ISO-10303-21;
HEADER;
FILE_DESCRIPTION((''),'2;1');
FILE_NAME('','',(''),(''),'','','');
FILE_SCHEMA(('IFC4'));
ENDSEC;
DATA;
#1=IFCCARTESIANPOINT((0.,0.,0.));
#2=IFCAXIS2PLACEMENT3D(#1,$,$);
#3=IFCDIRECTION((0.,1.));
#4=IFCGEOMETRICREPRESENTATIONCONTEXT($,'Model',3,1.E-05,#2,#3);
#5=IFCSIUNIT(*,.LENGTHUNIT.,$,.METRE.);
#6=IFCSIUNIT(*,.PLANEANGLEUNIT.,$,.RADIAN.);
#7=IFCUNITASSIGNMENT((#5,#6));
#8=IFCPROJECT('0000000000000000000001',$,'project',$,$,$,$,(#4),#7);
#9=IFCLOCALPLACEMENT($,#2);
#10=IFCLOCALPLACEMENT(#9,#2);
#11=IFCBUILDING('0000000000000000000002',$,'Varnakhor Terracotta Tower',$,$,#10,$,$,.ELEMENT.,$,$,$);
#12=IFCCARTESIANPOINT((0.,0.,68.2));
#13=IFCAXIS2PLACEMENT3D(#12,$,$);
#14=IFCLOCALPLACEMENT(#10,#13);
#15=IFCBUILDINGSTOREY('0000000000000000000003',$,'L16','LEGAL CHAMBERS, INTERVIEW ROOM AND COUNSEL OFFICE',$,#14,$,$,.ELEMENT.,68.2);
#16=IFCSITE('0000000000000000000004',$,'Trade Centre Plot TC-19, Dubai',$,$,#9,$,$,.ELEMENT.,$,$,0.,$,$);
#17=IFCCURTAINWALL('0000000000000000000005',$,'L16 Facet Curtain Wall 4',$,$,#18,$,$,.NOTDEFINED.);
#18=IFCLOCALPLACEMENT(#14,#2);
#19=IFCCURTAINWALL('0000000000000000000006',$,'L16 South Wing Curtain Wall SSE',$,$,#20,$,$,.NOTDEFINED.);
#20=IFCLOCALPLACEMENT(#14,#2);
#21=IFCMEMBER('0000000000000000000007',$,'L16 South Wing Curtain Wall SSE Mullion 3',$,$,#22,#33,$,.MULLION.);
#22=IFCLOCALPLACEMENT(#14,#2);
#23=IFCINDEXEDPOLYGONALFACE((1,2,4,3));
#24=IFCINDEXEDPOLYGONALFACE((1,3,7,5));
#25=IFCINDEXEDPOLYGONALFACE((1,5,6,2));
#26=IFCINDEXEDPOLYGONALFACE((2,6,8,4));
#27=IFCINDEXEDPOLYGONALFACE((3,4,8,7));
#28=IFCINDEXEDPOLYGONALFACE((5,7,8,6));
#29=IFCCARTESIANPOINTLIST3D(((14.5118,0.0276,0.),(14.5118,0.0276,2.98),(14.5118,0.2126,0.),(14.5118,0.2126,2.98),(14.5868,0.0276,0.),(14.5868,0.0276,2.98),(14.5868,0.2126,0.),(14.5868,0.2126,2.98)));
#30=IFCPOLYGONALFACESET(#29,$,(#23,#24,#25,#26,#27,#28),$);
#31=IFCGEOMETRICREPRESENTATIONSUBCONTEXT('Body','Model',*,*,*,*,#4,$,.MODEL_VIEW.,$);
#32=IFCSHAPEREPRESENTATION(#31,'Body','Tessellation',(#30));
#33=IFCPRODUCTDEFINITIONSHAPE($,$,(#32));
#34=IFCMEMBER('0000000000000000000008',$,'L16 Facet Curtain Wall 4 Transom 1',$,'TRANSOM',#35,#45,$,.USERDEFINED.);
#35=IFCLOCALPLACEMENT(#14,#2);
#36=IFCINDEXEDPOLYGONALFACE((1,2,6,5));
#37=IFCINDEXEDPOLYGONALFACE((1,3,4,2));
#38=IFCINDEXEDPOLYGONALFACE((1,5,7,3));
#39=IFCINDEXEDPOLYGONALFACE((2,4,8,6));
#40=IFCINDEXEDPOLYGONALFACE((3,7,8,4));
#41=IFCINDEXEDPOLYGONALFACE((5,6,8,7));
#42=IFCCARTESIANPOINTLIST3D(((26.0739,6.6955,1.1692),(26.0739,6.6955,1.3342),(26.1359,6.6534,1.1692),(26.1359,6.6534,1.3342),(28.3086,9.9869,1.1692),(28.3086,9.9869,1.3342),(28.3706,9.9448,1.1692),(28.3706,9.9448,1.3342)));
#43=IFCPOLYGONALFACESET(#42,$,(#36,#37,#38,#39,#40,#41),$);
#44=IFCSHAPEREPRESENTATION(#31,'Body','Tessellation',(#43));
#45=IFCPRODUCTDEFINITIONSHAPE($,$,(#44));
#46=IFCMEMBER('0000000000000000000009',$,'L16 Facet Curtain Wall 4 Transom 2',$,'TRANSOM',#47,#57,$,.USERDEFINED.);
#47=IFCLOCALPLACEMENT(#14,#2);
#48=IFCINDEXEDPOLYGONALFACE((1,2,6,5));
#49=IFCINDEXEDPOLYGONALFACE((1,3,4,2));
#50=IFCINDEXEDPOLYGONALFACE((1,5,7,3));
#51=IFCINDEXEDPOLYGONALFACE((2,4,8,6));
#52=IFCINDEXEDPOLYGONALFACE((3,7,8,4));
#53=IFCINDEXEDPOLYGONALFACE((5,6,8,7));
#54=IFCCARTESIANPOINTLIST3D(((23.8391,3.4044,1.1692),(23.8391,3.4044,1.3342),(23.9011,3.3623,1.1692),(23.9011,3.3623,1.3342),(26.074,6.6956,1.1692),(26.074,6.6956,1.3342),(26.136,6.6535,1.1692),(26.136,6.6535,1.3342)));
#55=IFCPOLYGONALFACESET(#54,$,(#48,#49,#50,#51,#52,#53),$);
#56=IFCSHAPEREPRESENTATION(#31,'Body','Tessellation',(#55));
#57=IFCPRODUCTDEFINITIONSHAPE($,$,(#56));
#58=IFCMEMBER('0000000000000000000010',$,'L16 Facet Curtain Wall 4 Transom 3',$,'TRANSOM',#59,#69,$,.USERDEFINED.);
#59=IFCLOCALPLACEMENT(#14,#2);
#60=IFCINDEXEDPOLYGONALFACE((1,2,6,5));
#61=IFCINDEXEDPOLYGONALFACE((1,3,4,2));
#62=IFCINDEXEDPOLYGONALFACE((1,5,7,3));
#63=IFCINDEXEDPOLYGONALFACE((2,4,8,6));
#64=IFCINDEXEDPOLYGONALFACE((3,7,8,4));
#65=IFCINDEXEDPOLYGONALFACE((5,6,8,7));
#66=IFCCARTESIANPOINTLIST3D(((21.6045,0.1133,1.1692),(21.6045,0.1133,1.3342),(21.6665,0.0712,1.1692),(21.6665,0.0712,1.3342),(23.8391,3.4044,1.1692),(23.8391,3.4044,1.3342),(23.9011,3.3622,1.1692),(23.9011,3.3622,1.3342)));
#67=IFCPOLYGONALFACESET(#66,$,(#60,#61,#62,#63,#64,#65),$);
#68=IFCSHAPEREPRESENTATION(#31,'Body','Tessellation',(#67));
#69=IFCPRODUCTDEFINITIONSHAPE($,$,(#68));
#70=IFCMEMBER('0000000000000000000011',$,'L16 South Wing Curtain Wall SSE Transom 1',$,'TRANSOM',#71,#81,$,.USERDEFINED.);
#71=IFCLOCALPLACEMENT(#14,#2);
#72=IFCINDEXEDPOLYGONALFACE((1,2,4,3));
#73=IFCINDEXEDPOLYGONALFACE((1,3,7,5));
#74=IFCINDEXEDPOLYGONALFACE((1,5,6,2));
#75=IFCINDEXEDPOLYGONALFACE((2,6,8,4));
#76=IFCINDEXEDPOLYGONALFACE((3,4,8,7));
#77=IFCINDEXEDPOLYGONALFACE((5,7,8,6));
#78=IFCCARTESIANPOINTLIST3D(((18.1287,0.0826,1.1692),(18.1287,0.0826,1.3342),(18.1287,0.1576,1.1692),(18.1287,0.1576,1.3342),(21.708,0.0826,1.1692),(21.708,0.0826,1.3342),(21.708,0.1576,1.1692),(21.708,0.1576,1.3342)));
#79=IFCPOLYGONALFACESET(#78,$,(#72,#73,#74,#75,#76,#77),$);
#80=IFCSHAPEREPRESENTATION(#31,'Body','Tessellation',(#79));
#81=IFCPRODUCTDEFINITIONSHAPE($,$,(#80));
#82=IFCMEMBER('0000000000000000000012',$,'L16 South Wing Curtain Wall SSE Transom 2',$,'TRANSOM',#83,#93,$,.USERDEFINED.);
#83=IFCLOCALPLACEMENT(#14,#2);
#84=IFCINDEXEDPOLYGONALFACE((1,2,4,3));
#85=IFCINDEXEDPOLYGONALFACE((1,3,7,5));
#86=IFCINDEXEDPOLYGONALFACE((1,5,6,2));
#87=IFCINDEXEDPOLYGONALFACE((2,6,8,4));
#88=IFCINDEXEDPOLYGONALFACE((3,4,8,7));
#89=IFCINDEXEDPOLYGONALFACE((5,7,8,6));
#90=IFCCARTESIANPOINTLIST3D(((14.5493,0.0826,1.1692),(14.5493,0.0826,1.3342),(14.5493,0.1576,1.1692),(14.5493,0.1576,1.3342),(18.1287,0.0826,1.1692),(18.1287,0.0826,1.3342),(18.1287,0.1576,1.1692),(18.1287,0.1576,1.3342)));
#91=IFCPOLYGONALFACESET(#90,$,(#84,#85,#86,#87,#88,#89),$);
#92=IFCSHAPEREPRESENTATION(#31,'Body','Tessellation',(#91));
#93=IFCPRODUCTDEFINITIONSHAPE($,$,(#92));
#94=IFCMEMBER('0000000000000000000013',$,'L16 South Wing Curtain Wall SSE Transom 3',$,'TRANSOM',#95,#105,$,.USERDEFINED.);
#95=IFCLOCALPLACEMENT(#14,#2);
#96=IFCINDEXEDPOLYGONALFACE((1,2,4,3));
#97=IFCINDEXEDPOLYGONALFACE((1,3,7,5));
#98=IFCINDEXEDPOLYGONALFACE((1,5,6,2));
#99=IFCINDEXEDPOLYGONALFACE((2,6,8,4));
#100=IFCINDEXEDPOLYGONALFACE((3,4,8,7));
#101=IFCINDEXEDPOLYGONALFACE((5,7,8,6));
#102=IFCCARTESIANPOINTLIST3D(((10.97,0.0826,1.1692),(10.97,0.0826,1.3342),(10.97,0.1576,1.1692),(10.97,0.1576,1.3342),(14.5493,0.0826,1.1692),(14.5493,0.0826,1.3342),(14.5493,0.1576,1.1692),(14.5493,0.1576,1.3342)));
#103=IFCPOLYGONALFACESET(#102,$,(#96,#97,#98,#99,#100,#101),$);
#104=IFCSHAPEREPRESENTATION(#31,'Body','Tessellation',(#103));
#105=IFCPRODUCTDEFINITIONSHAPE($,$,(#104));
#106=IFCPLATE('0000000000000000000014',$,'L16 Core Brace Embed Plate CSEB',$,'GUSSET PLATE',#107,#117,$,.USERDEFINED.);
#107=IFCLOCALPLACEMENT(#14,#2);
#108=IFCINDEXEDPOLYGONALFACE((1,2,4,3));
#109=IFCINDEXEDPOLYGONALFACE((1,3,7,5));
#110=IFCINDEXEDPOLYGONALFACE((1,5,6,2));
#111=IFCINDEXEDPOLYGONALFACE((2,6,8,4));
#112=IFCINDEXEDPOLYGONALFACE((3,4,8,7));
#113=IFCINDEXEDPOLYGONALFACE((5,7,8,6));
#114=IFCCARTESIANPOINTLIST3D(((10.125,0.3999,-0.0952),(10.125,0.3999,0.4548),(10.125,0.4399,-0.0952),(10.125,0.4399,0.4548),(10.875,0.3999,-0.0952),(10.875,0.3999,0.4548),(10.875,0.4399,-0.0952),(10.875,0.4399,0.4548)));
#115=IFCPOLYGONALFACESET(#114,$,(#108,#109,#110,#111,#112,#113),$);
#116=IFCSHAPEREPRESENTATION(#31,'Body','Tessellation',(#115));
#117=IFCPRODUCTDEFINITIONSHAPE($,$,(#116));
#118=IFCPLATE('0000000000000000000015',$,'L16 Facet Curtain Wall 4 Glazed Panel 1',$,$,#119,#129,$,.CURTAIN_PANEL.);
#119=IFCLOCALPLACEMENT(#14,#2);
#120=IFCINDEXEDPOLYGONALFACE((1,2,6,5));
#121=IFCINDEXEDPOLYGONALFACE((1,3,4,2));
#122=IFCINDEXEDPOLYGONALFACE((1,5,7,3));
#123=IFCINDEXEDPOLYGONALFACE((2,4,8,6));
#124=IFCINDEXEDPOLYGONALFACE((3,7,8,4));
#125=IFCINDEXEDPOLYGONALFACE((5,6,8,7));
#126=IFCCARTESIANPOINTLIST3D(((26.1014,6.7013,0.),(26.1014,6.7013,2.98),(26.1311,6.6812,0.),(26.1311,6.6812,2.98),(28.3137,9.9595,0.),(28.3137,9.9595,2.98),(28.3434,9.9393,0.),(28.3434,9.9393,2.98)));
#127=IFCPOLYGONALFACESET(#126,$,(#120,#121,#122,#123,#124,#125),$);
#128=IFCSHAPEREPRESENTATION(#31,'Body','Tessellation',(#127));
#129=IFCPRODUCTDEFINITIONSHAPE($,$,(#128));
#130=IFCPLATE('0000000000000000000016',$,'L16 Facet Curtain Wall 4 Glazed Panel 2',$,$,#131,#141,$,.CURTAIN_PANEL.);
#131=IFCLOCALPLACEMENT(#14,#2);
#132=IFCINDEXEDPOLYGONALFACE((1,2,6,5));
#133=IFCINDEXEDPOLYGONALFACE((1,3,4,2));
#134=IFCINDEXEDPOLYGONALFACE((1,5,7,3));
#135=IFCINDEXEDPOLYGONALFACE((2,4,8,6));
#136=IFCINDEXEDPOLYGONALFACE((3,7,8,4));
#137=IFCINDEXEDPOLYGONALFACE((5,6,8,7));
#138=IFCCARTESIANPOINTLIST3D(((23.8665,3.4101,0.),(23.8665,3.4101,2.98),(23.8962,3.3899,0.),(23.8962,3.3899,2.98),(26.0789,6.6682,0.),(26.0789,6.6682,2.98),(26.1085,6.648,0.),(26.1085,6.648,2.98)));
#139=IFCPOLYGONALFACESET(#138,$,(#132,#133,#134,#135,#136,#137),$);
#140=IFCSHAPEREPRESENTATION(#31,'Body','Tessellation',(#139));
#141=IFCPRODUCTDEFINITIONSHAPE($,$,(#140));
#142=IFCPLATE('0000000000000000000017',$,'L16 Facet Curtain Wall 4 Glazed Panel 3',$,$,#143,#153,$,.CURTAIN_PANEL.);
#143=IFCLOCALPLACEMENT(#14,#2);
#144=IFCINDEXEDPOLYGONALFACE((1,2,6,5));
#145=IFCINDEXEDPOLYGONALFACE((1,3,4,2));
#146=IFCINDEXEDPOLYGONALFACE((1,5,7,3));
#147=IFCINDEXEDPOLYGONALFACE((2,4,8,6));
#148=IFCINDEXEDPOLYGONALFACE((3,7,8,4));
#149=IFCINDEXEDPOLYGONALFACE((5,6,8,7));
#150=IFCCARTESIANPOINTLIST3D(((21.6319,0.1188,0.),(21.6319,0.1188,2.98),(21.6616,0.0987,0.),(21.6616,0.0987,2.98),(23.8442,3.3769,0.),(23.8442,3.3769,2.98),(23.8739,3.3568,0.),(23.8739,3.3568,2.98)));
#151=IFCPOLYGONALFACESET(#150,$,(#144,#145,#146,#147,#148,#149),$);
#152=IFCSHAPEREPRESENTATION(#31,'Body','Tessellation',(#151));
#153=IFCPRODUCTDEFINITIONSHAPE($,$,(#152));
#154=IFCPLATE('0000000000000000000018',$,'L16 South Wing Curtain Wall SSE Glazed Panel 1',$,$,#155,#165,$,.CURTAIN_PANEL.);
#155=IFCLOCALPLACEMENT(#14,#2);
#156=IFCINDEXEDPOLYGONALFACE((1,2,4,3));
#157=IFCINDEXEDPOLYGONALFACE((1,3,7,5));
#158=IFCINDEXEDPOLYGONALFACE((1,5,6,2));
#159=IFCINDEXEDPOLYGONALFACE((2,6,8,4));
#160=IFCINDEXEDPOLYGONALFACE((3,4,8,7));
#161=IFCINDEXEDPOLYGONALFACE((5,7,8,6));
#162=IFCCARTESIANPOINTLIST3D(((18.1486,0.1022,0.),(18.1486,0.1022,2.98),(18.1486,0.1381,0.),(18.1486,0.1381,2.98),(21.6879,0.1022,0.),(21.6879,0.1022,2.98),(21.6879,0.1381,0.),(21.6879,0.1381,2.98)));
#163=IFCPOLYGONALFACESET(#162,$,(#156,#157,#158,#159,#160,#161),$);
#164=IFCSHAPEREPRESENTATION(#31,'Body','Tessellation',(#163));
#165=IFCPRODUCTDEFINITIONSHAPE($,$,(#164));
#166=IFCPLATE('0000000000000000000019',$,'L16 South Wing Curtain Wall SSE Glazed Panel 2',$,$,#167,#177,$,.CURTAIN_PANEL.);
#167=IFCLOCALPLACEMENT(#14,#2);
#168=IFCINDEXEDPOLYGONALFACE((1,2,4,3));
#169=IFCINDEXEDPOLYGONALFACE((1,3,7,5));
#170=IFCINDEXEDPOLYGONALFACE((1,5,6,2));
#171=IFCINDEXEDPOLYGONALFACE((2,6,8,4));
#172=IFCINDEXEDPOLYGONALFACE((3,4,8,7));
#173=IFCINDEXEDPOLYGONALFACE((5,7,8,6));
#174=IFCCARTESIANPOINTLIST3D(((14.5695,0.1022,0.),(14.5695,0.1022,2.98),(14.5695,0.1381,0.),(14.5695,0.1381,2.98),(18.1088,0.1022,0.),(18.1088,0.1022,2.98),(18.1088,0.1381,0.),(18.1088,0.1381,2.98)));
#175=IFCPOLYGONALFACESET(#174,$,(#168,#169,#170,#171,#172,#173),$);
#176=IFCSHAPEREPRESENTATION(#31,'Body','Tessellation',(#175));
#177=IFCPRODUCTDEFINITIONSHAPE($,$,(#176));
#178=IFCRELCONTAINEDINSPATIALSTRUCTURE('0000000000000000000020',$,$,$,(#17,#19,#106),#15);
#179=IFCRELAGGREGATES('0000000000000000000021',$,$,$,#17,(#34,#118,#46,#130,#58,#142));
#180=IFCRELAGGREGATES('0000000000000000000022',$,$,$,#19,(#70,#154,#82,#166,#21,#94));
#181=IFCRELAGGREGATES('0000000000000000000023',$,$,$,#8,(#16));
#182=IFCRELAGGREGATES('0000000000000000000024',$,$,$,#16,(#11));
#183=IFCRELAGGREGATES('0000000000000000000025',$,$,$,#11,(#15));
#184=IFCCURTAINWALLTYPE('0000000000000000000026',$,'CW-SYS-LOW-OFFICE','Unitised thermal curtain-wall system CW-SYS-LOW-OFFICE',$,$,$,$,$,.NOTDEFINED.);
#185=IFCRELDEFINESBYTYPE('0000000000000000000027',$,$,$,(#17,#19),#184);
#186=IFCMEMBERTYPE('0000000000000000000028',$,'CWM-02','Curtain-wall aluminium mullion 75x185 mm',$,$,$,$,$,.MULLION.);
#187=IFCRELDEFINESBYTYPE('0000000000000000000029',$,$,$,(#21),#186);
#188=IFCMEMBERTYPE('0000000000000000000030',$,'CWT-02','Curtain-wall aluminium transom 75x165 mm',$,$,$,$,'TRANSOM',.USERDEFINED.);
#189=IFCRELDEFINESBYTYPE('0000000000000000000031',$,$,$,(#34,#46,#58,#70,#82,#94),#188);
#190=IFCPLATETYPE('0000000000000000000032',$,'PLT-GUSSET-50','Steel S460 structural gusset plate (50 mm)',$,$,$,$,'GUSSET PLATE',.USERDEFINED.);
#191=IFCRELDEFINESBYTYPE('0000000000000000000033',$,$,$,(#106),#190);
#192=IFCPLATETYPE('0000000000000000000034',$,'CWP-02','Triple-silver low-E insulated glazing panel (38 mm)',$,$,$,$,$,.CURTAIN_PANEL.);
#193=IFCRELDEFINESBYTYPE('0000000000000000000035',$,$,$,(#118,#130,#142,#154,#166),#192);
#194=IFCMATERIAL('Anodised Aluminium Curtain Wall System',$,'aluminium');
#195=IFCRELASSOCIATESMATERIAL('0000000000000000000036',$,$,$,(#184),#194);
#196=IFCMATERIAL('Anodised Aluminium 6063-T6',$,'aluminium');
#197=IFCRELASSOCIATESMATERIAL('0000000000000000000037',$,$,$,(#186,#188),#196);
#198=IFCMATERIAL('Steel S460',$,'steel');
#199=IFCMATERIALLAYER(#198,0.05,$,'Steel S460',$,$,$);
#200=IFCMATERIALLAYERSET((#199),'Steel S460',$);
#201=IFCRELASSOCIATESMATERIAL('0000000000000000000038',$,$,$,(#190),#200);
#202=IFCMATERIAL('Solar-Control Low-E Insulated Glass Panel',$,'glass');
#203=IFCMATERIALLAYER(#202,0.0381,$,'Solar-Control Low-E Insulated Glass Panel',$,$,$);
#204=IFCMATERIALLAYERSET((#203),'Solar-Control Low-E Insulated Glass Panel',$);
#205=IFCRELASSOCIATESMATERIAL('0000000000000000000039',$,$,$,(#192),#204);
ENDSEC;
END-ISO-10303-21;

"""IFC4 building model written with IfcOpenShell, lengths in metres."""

from ifc_helpers import new_model, si_unit, direction, frame, origin, origin_2d, place, context, subcontext, project, spatial, rectangle, extrude, source, transform, mapped, material, layer, layer_set, material_profile, profile_set, type_object, type_shapes, element, aggregate, save


model = new_model("IFC4")

# Units and contexts
model_context = context("Model", 3, precision=1e-05, world=origin(), true_north=direction((0.0, 1.0)))
body_context = subcontext(model_context, "Body", "Model", "MODEL_VIEW")
ifc_project = project(units=[si_unit("LENGTHUNIT", "METRE"), si_unit("PLANEANGLEUNIT", "RADIAN")], contexts=[model_context])

# Site, building, storey
site_placement = place(None, origin())
site = spatial("IfcSite", under=ifc_project, at=site_placement, Name="Trade Centre Plot TC-19, Dubai", CompositionType="ELEMENT", RefElevation=0.0)
building_placement = place(site_placement, origin())
building = spatial("IfcBuilding", under=site, at=building_placement, Name="Varnakhor Terracotta Tower", CompositionType="ELEMENT")
storey_placement = place(building_placement, frame((0.0, 0.0, 68.2)))
storey = spatial("IfcBuildingStorey", under=building, at=storey_placement, Name="L16", Description="LEGAL CHAMBERS, INTERVIEW ROOM AND COUNSEL OFFICE", CompositionType="ELEMENT", Elevation=68.2)

# Shared definitions
ifc_material_1 = material(Name="Steel S460", Category="steel")

# Curtain walls, member
ifc_material_2 = material(Name="Anodised Aluminium Curtain Wall System", Category="aluminium")
curtain_wall_type = type_object("IfcCurtainWallType", Name="CW-SYS-LOW-OFFICE", Description="Unitised thermal curtain-wall system CW-SYS-LOW-OFFICE", PredefinedType="NOTDEFINED", material=ifc_material_2)
curtain_wall_1_placement = place(storey_placement, origin())
curtain_wall_1 = element("IfcCurtainWall", 1, at=curtain_wall_1_placement, inside=storey, type_object=curtain_wall_type, Name="L16 Facet Curtain Wall 4", PredefinedType="NOTDEFINED")
ifc_material_3 = material(Name="Anodised Aluminium 6063-T6", Category="aluminium")
ifc_material_profile_1 = material_profile(ifc_material_3, rectangle(XDim=0.075, YDim=0.1851, at=origin_2d()), Name="ALU MULLION 75x185")
ifc_profile_set_1 = profile_set([ifc_material_profile_1], Name="Anodised Aluminium 6063-T6")
member_type_1 = type_object("IfcMemberType", Name="CWM-02", Description="Curtain-wall aluminium mullion 75x185 mm", PredefinedType="MULLION", material=ifc_profile_set_1)
shared_shape_1 = source(origin(), body_context, "Body", "SweptSolid", [
    extrude(rectangle(XDim=0.075, YDim=0.1851, at=origin_2d()), origin(), (0.0, 0.0, 1.0), 2.98),
])
curtain_wall_2_placement = place(storey_placement, origin())
curtain_wall_2 = element("IfcCurtainWall", 2, at=curtain_wall_2_placement, inside=storey, type_object=curtain_wall_type, Name="L16 South Wing Curtain Wall SSE", PredefinedType="NOTDEFINED")
member_1_placement = place(storey_placement, frame((14.5493, 0.1201, 0.0), z_axis=(0.0, 0.0, 1.0), x_axis=(1.0, 0.0, 0.0)))
member_1 = element("IfcMember", 3, at=member_1_placement, type_object=member_type_1, Name="L16 South Wing Curtain Wall SSE Mullion 3", PredefinedType="MULLION", context=body_context, shape_type="MappedRepresentation", body=[
    mapped(shared_shape_1, transform((0.0, 0.0, 0.0), scale=1.0)),
])

# Members
ifc_material_profile_2 = material_profile(ifc_material_3, rectangle(XDim=0.075, YDim=0.165, at=origin_2d()), Name="ALU TRANSOM 75x165")
ifc_profile_set_2 = profile_set([ifc_material_profile_2], Name="Anodised Aluminium 6063-T6")
member_type_2 = type_object("IfcMemberType", Name="CWT-02", Description="Curtain-wall aluminium transom 75x165 mm", ElementType="TRANSOM", PredefinedType="USERDEFINED", material=ifc_profile_set_2)
shared_shape_2 = source(origin(), body_context, "Body", "SweptSolid", [
    extrude(rectangle(XDim=0.075, YDim=0.165, at=origin_2d()), origin(), (0.0, 0.0, 1.0), 3.9783),
])
member_2_placement = place(storey_placement, frame((28.3396, 9.9658, 1.2517), z_axis=(-0.561719, -0.827328, 0.0), x_axis=(0.827328, -0.561719, 0.0)))
member_2 = element("IfcMember", 4, at=member_2_placement, type_object=member_type_2, Name="L16 Facet Curtain Wall 4 Transom 1", ObjectType="TRANSOM", PredefinedType="USERDEFINED", context=body_context, shape_type="MappedRepresentation", body=[
    mapped(shared_shape_2, transform((0.0, 0.0, 0.0), scale=1.0)),
])
member_3_placement = place(storey_placement, frame((26.105, 6.6746, 1.2517), z_axis=(-0.561761, -0.8273, 0.0), x_axis=(0.8273, -0.561761, 0.0)))
member_3 = element("IfcMember", 5, at=member_3_placement, type_object=member_type_2, Name="L16 Facet Curtain Wall 4 Transom 2", ObjectType="TRANSOM", PredefinedType="USERDEFINED", context=body_context, shape_type="MappedRepresentation", body=[
    mapped(shared_shape_2, transform((0.0, 0.0, 0.0), scale=1.0)),
])
shared_shape_3 = source(origin(), body_context, "Body", "SweptSolid", [
    extrude(rectangle(XDim=0.075, YDim=0.165, at=origin_2d()), origin(), (0.0, 0.0, 1.0), 3.978),
])
member_4_placement = place(storey_placement, frame((23.8701, 3.3833, 1.2517), z_axis=(-0.561748, -0.827309, 0.0), x_axis=(0.827309, -0.561748, 0.0)))
member_4 = element("IfcMember", 6, at=member_4_placement, type_object=member_type_2, Name="L16 Facet Curtain Wall 4 Transom 3", ObjectType="TRANSOM", PredefinedType="USERDEFINED", context=body_context, shape_type="MappedRepresentation", body=[
    mapped(shared_shape_3, transform((0.0, 0.0, 0.0), scale=1.0)),
])
shared_shape_4 = source(origin(), body_context, "Body", "SweptSolid", [
    extrude(rectangle(XDim=0.075, YDim=0.165, at=origin_2d()), origin(), (0.0, 0.0, 1.0), 3.5793),
])
member_5_placement = place(storey_placement, frame((21.708, 0.1201, 1.2517), z_axis=(-1.0, 0.0, 0.0), x_axis=(0.0, -1.0, 0.0)))
member_5 = element("IfcMember", 7, at=member_5_placement, type_object=member_type_2, Name="L16 South Wing Curtain Wall SSE Transom 1", ObjectType="TRANSOM", PredefinedType="USERDEFINED", context=body_context, shape_type="MappedRepresentation", body=[
    mapped(shared_shape_4, transform((0.0, 0.0, 0.0), scale=1.0)),
])
member_6_placement = place(storey_placement, frame((18.1287, 0.1201, 1.2517), z_axis=(-1.0, 0.0, 0.0), x_axis=(0.0, -1.0, 0.0)))
member_6 = element("IfcMember", 8, at=member_6_placement, type_object=member_type_2, Name="L16 South Wing Curtain Wall SSE Transom 2", ObjectType="TRANSOM", PredefinedType="USERDEFINED", context=body_context, shape_type="MappedRepresentation", body=[
    mapped(shared_shape_4, transform((0.0, 0.0, 0.0), scale=1.0)),
])
member_7_placement = place(storey_placement, frame((14.5493, 0.1201, 1.2517), z_axis=(-1.0, 0.0, 0.0), x_axis=(0.0, -1.0, 0.0)))
member_7 = element("IfcMember", 9, at=member_7_placement, type_object=member_type_2, Name="L16 South Wing Curtain Wall SSE Transom 3", ObjectType="TRANSOM", PredefinedType="USERDEFINED", context=body_context, shape_type="MappedRepresentation", body=[
    mapped(shared_shape_4, transform((0.0, 0.0, 0.0), scale=1.0)),
])

# Plates
ifc_layer_1 = layer(ifc_material_1, 0.05, Name="Steel S460")
ifc_layer_set_1 = layer_set([ifc_layer_1], Name="Steel S460")
plate_type_1 = type_object("IfcPlateType", Name="PLT-GUSSET-50", Description="Steel S460 structural gusset plate (50 mm)", ElementType="GUSSET PLATE", PredefinedType="USERDEFINED", material=ifc_layer_set_1)
shared_shape_5 = source(origin(), body_context, "Body", "SweptSolid", [
    extrude(rectangle(XDim=0.75, YDim=0.04, at=origin_2d()), origin(), (0.0, 0.0, 1.0), 0.55),
])
type_shapes(plate_type_1, [shared_shape_5])
plate_1_placement = place(storey_placement, frame((10.5, 0.4199, -0.0952), z_axis=(0.0, 0.0, 1.0), x_axis=(1.0, 0.0, 0.0)))
element("IfcPlate", 10, at=plate_1_placement, inside=storey, type_object=plate_type_1, Name="L16 Core Brace Embed Plate CSEB", ObjectType="GUSSET PLATE", PredefinedType="USERDEFINED", context=body_context, shape_type="MappedRepresentation", body=[
    mapped(shared_shape_5, transform((0.0, 0.0, 0.0), scale=1.0)),
])
ifc_material_4 = material(Name="Solar-Control Low-E Insulated Glass Panel", Category="glass")
ifc_layer_2 = layer(ifc_material_4, 0.0381, Name="Solar-Control Low-E Insulated Glass Panel")
ifc_layer_set_2 = layer_set([ifc_layer_2], Name="Solar-Control Low-E Insulated Glass Panel")
plate_type_2 = type_object("IfcPlateType", Name="CWP-02", Description="Triple-silver low-E insulated glazing panel (38 mm)", PredefinedType="CURTAIN_PANEL", material=ifc_layer_set_2)
shared_shape_6 = source(origin(), body_context, "Body", "SweptSolid", [
    extrude(rectangle(XDim=3.9382, YDim=0.0359, at=origin_2d()), origin(), (0.0, 0.0, 1.0), 2.98),
])
plate_2_placement = place(storey_placement, frame((27.2224, 8.3203, 0.0), z_axis=(0.0, 0.0, 1.0), x_axis=(-0.561751, -0.827306, 0.0)))
plate_2 = element("IfcPlate", 11, at=plate_2_placement, type_object=plate_type_2, Name="L16 Facet Curtain Wall 4 Glazed Panel 1", PredefinedType="CURTAIN_PANEL", context=body_context, shape_type="MappedRepresentation", body=[
    mapped(shared_shape_6, transform((0.0, 0.0, 0.0), scale=1.0)),
])
plate_3_placement = place(storey_placement, frame((24.9875, 5.0291, 0.0), z_axis=(0.0, 0.0, 1.0), x_axis=(-0.561751, -0.827306, 0.0)))
plate_3 = element("IfcPlate", 12, at=plate_3_placement, type_object=plate_type_2, Name="L16 Facet Curtain Wall 4 Glazed Panel 2", PredefinedType="CURTAIN_PANEL", context=body_context, shape_type="MappedRepresentation", body=[
    mapped(shared_shape_6, transform((0.0, 0.0, 0.0), scale=1.0)),
])
plate_4_placement = place(storey_placement, frame((22.7529, 1.7378, 0.0), z_axis=(0.0, 0.0, 1.0), x_axis=(-0.561751, -0.827306, 0.0)))
plate_4 = element("IfcPlate", 13, at=plate_4_placement, type_object=plate_type_2, Name="L16 Facet Curtain Wall 4 Glazed Panel 3", PredefinedType="CURTAIN_PANEL", context=body_context, shape_type="MappedRepresentation", body=[
    mapped(shared_shape_6, transform((0.0, 0.0, 0.0), scale=1.0)),
])
aggregate(curtain_wall_1, [member_2, plate_2, member_3, plate_3, member_4, plate_4])
shared_shape_7 = source(origin(), body_context, "Body", "SweptSolid", [
    extrude(rectangle(XDim=3.5393, YDim=0.0359, at=origin_2d()), origin(), (0.0, 0.0, 1.0), 2.98),
])
plate_5_placement = place(storey_placement, frame((19.9182, 0.1201, 0.0), z_axis=(0.0, 0.0, 1.0), x_axis=(-1.0, 0.0, 0.0)))
plate_5 = element("IfcPlate", 14, at=plate_5_placement, type_object=plate_type_2, Name="L16 South Wing Curtain Wall SSE Glazed Panel 1", PredefinedType="CURTAIN_PANEL", context=body_context, shape_type="MappedRepresentation", body=[
    mapped(shared_shape_7, transform((0.0, 0.0, 0.0), scale=1.0)),
])
plate_6_placement = place(storey_placement, frame((16.3391, 0.1201, 0.0), z_axis=(0.0, 0.0, 1.0), x_axis=(-1.0, 0.0, 0.0)))
plate_6 = element("IfcPlate", 15, at=plate_6_placement, type_object=plate_type_2, Name="L16 South Wing Curtain Wall SSE Glazed Panel 2", PredefinedType="CURTAIN_PANEL", context=body_context, shape_type="MappedRepresentation", body=[
    mapped(shared_shape_7, transform((0.0, 0.0, 0.0), scale=1.0)),
])
aggregate(curtain_wall_2, [member_5, plate_5, member_6, plate_6, member_1, member_7])

save(model, "model.ifc")
